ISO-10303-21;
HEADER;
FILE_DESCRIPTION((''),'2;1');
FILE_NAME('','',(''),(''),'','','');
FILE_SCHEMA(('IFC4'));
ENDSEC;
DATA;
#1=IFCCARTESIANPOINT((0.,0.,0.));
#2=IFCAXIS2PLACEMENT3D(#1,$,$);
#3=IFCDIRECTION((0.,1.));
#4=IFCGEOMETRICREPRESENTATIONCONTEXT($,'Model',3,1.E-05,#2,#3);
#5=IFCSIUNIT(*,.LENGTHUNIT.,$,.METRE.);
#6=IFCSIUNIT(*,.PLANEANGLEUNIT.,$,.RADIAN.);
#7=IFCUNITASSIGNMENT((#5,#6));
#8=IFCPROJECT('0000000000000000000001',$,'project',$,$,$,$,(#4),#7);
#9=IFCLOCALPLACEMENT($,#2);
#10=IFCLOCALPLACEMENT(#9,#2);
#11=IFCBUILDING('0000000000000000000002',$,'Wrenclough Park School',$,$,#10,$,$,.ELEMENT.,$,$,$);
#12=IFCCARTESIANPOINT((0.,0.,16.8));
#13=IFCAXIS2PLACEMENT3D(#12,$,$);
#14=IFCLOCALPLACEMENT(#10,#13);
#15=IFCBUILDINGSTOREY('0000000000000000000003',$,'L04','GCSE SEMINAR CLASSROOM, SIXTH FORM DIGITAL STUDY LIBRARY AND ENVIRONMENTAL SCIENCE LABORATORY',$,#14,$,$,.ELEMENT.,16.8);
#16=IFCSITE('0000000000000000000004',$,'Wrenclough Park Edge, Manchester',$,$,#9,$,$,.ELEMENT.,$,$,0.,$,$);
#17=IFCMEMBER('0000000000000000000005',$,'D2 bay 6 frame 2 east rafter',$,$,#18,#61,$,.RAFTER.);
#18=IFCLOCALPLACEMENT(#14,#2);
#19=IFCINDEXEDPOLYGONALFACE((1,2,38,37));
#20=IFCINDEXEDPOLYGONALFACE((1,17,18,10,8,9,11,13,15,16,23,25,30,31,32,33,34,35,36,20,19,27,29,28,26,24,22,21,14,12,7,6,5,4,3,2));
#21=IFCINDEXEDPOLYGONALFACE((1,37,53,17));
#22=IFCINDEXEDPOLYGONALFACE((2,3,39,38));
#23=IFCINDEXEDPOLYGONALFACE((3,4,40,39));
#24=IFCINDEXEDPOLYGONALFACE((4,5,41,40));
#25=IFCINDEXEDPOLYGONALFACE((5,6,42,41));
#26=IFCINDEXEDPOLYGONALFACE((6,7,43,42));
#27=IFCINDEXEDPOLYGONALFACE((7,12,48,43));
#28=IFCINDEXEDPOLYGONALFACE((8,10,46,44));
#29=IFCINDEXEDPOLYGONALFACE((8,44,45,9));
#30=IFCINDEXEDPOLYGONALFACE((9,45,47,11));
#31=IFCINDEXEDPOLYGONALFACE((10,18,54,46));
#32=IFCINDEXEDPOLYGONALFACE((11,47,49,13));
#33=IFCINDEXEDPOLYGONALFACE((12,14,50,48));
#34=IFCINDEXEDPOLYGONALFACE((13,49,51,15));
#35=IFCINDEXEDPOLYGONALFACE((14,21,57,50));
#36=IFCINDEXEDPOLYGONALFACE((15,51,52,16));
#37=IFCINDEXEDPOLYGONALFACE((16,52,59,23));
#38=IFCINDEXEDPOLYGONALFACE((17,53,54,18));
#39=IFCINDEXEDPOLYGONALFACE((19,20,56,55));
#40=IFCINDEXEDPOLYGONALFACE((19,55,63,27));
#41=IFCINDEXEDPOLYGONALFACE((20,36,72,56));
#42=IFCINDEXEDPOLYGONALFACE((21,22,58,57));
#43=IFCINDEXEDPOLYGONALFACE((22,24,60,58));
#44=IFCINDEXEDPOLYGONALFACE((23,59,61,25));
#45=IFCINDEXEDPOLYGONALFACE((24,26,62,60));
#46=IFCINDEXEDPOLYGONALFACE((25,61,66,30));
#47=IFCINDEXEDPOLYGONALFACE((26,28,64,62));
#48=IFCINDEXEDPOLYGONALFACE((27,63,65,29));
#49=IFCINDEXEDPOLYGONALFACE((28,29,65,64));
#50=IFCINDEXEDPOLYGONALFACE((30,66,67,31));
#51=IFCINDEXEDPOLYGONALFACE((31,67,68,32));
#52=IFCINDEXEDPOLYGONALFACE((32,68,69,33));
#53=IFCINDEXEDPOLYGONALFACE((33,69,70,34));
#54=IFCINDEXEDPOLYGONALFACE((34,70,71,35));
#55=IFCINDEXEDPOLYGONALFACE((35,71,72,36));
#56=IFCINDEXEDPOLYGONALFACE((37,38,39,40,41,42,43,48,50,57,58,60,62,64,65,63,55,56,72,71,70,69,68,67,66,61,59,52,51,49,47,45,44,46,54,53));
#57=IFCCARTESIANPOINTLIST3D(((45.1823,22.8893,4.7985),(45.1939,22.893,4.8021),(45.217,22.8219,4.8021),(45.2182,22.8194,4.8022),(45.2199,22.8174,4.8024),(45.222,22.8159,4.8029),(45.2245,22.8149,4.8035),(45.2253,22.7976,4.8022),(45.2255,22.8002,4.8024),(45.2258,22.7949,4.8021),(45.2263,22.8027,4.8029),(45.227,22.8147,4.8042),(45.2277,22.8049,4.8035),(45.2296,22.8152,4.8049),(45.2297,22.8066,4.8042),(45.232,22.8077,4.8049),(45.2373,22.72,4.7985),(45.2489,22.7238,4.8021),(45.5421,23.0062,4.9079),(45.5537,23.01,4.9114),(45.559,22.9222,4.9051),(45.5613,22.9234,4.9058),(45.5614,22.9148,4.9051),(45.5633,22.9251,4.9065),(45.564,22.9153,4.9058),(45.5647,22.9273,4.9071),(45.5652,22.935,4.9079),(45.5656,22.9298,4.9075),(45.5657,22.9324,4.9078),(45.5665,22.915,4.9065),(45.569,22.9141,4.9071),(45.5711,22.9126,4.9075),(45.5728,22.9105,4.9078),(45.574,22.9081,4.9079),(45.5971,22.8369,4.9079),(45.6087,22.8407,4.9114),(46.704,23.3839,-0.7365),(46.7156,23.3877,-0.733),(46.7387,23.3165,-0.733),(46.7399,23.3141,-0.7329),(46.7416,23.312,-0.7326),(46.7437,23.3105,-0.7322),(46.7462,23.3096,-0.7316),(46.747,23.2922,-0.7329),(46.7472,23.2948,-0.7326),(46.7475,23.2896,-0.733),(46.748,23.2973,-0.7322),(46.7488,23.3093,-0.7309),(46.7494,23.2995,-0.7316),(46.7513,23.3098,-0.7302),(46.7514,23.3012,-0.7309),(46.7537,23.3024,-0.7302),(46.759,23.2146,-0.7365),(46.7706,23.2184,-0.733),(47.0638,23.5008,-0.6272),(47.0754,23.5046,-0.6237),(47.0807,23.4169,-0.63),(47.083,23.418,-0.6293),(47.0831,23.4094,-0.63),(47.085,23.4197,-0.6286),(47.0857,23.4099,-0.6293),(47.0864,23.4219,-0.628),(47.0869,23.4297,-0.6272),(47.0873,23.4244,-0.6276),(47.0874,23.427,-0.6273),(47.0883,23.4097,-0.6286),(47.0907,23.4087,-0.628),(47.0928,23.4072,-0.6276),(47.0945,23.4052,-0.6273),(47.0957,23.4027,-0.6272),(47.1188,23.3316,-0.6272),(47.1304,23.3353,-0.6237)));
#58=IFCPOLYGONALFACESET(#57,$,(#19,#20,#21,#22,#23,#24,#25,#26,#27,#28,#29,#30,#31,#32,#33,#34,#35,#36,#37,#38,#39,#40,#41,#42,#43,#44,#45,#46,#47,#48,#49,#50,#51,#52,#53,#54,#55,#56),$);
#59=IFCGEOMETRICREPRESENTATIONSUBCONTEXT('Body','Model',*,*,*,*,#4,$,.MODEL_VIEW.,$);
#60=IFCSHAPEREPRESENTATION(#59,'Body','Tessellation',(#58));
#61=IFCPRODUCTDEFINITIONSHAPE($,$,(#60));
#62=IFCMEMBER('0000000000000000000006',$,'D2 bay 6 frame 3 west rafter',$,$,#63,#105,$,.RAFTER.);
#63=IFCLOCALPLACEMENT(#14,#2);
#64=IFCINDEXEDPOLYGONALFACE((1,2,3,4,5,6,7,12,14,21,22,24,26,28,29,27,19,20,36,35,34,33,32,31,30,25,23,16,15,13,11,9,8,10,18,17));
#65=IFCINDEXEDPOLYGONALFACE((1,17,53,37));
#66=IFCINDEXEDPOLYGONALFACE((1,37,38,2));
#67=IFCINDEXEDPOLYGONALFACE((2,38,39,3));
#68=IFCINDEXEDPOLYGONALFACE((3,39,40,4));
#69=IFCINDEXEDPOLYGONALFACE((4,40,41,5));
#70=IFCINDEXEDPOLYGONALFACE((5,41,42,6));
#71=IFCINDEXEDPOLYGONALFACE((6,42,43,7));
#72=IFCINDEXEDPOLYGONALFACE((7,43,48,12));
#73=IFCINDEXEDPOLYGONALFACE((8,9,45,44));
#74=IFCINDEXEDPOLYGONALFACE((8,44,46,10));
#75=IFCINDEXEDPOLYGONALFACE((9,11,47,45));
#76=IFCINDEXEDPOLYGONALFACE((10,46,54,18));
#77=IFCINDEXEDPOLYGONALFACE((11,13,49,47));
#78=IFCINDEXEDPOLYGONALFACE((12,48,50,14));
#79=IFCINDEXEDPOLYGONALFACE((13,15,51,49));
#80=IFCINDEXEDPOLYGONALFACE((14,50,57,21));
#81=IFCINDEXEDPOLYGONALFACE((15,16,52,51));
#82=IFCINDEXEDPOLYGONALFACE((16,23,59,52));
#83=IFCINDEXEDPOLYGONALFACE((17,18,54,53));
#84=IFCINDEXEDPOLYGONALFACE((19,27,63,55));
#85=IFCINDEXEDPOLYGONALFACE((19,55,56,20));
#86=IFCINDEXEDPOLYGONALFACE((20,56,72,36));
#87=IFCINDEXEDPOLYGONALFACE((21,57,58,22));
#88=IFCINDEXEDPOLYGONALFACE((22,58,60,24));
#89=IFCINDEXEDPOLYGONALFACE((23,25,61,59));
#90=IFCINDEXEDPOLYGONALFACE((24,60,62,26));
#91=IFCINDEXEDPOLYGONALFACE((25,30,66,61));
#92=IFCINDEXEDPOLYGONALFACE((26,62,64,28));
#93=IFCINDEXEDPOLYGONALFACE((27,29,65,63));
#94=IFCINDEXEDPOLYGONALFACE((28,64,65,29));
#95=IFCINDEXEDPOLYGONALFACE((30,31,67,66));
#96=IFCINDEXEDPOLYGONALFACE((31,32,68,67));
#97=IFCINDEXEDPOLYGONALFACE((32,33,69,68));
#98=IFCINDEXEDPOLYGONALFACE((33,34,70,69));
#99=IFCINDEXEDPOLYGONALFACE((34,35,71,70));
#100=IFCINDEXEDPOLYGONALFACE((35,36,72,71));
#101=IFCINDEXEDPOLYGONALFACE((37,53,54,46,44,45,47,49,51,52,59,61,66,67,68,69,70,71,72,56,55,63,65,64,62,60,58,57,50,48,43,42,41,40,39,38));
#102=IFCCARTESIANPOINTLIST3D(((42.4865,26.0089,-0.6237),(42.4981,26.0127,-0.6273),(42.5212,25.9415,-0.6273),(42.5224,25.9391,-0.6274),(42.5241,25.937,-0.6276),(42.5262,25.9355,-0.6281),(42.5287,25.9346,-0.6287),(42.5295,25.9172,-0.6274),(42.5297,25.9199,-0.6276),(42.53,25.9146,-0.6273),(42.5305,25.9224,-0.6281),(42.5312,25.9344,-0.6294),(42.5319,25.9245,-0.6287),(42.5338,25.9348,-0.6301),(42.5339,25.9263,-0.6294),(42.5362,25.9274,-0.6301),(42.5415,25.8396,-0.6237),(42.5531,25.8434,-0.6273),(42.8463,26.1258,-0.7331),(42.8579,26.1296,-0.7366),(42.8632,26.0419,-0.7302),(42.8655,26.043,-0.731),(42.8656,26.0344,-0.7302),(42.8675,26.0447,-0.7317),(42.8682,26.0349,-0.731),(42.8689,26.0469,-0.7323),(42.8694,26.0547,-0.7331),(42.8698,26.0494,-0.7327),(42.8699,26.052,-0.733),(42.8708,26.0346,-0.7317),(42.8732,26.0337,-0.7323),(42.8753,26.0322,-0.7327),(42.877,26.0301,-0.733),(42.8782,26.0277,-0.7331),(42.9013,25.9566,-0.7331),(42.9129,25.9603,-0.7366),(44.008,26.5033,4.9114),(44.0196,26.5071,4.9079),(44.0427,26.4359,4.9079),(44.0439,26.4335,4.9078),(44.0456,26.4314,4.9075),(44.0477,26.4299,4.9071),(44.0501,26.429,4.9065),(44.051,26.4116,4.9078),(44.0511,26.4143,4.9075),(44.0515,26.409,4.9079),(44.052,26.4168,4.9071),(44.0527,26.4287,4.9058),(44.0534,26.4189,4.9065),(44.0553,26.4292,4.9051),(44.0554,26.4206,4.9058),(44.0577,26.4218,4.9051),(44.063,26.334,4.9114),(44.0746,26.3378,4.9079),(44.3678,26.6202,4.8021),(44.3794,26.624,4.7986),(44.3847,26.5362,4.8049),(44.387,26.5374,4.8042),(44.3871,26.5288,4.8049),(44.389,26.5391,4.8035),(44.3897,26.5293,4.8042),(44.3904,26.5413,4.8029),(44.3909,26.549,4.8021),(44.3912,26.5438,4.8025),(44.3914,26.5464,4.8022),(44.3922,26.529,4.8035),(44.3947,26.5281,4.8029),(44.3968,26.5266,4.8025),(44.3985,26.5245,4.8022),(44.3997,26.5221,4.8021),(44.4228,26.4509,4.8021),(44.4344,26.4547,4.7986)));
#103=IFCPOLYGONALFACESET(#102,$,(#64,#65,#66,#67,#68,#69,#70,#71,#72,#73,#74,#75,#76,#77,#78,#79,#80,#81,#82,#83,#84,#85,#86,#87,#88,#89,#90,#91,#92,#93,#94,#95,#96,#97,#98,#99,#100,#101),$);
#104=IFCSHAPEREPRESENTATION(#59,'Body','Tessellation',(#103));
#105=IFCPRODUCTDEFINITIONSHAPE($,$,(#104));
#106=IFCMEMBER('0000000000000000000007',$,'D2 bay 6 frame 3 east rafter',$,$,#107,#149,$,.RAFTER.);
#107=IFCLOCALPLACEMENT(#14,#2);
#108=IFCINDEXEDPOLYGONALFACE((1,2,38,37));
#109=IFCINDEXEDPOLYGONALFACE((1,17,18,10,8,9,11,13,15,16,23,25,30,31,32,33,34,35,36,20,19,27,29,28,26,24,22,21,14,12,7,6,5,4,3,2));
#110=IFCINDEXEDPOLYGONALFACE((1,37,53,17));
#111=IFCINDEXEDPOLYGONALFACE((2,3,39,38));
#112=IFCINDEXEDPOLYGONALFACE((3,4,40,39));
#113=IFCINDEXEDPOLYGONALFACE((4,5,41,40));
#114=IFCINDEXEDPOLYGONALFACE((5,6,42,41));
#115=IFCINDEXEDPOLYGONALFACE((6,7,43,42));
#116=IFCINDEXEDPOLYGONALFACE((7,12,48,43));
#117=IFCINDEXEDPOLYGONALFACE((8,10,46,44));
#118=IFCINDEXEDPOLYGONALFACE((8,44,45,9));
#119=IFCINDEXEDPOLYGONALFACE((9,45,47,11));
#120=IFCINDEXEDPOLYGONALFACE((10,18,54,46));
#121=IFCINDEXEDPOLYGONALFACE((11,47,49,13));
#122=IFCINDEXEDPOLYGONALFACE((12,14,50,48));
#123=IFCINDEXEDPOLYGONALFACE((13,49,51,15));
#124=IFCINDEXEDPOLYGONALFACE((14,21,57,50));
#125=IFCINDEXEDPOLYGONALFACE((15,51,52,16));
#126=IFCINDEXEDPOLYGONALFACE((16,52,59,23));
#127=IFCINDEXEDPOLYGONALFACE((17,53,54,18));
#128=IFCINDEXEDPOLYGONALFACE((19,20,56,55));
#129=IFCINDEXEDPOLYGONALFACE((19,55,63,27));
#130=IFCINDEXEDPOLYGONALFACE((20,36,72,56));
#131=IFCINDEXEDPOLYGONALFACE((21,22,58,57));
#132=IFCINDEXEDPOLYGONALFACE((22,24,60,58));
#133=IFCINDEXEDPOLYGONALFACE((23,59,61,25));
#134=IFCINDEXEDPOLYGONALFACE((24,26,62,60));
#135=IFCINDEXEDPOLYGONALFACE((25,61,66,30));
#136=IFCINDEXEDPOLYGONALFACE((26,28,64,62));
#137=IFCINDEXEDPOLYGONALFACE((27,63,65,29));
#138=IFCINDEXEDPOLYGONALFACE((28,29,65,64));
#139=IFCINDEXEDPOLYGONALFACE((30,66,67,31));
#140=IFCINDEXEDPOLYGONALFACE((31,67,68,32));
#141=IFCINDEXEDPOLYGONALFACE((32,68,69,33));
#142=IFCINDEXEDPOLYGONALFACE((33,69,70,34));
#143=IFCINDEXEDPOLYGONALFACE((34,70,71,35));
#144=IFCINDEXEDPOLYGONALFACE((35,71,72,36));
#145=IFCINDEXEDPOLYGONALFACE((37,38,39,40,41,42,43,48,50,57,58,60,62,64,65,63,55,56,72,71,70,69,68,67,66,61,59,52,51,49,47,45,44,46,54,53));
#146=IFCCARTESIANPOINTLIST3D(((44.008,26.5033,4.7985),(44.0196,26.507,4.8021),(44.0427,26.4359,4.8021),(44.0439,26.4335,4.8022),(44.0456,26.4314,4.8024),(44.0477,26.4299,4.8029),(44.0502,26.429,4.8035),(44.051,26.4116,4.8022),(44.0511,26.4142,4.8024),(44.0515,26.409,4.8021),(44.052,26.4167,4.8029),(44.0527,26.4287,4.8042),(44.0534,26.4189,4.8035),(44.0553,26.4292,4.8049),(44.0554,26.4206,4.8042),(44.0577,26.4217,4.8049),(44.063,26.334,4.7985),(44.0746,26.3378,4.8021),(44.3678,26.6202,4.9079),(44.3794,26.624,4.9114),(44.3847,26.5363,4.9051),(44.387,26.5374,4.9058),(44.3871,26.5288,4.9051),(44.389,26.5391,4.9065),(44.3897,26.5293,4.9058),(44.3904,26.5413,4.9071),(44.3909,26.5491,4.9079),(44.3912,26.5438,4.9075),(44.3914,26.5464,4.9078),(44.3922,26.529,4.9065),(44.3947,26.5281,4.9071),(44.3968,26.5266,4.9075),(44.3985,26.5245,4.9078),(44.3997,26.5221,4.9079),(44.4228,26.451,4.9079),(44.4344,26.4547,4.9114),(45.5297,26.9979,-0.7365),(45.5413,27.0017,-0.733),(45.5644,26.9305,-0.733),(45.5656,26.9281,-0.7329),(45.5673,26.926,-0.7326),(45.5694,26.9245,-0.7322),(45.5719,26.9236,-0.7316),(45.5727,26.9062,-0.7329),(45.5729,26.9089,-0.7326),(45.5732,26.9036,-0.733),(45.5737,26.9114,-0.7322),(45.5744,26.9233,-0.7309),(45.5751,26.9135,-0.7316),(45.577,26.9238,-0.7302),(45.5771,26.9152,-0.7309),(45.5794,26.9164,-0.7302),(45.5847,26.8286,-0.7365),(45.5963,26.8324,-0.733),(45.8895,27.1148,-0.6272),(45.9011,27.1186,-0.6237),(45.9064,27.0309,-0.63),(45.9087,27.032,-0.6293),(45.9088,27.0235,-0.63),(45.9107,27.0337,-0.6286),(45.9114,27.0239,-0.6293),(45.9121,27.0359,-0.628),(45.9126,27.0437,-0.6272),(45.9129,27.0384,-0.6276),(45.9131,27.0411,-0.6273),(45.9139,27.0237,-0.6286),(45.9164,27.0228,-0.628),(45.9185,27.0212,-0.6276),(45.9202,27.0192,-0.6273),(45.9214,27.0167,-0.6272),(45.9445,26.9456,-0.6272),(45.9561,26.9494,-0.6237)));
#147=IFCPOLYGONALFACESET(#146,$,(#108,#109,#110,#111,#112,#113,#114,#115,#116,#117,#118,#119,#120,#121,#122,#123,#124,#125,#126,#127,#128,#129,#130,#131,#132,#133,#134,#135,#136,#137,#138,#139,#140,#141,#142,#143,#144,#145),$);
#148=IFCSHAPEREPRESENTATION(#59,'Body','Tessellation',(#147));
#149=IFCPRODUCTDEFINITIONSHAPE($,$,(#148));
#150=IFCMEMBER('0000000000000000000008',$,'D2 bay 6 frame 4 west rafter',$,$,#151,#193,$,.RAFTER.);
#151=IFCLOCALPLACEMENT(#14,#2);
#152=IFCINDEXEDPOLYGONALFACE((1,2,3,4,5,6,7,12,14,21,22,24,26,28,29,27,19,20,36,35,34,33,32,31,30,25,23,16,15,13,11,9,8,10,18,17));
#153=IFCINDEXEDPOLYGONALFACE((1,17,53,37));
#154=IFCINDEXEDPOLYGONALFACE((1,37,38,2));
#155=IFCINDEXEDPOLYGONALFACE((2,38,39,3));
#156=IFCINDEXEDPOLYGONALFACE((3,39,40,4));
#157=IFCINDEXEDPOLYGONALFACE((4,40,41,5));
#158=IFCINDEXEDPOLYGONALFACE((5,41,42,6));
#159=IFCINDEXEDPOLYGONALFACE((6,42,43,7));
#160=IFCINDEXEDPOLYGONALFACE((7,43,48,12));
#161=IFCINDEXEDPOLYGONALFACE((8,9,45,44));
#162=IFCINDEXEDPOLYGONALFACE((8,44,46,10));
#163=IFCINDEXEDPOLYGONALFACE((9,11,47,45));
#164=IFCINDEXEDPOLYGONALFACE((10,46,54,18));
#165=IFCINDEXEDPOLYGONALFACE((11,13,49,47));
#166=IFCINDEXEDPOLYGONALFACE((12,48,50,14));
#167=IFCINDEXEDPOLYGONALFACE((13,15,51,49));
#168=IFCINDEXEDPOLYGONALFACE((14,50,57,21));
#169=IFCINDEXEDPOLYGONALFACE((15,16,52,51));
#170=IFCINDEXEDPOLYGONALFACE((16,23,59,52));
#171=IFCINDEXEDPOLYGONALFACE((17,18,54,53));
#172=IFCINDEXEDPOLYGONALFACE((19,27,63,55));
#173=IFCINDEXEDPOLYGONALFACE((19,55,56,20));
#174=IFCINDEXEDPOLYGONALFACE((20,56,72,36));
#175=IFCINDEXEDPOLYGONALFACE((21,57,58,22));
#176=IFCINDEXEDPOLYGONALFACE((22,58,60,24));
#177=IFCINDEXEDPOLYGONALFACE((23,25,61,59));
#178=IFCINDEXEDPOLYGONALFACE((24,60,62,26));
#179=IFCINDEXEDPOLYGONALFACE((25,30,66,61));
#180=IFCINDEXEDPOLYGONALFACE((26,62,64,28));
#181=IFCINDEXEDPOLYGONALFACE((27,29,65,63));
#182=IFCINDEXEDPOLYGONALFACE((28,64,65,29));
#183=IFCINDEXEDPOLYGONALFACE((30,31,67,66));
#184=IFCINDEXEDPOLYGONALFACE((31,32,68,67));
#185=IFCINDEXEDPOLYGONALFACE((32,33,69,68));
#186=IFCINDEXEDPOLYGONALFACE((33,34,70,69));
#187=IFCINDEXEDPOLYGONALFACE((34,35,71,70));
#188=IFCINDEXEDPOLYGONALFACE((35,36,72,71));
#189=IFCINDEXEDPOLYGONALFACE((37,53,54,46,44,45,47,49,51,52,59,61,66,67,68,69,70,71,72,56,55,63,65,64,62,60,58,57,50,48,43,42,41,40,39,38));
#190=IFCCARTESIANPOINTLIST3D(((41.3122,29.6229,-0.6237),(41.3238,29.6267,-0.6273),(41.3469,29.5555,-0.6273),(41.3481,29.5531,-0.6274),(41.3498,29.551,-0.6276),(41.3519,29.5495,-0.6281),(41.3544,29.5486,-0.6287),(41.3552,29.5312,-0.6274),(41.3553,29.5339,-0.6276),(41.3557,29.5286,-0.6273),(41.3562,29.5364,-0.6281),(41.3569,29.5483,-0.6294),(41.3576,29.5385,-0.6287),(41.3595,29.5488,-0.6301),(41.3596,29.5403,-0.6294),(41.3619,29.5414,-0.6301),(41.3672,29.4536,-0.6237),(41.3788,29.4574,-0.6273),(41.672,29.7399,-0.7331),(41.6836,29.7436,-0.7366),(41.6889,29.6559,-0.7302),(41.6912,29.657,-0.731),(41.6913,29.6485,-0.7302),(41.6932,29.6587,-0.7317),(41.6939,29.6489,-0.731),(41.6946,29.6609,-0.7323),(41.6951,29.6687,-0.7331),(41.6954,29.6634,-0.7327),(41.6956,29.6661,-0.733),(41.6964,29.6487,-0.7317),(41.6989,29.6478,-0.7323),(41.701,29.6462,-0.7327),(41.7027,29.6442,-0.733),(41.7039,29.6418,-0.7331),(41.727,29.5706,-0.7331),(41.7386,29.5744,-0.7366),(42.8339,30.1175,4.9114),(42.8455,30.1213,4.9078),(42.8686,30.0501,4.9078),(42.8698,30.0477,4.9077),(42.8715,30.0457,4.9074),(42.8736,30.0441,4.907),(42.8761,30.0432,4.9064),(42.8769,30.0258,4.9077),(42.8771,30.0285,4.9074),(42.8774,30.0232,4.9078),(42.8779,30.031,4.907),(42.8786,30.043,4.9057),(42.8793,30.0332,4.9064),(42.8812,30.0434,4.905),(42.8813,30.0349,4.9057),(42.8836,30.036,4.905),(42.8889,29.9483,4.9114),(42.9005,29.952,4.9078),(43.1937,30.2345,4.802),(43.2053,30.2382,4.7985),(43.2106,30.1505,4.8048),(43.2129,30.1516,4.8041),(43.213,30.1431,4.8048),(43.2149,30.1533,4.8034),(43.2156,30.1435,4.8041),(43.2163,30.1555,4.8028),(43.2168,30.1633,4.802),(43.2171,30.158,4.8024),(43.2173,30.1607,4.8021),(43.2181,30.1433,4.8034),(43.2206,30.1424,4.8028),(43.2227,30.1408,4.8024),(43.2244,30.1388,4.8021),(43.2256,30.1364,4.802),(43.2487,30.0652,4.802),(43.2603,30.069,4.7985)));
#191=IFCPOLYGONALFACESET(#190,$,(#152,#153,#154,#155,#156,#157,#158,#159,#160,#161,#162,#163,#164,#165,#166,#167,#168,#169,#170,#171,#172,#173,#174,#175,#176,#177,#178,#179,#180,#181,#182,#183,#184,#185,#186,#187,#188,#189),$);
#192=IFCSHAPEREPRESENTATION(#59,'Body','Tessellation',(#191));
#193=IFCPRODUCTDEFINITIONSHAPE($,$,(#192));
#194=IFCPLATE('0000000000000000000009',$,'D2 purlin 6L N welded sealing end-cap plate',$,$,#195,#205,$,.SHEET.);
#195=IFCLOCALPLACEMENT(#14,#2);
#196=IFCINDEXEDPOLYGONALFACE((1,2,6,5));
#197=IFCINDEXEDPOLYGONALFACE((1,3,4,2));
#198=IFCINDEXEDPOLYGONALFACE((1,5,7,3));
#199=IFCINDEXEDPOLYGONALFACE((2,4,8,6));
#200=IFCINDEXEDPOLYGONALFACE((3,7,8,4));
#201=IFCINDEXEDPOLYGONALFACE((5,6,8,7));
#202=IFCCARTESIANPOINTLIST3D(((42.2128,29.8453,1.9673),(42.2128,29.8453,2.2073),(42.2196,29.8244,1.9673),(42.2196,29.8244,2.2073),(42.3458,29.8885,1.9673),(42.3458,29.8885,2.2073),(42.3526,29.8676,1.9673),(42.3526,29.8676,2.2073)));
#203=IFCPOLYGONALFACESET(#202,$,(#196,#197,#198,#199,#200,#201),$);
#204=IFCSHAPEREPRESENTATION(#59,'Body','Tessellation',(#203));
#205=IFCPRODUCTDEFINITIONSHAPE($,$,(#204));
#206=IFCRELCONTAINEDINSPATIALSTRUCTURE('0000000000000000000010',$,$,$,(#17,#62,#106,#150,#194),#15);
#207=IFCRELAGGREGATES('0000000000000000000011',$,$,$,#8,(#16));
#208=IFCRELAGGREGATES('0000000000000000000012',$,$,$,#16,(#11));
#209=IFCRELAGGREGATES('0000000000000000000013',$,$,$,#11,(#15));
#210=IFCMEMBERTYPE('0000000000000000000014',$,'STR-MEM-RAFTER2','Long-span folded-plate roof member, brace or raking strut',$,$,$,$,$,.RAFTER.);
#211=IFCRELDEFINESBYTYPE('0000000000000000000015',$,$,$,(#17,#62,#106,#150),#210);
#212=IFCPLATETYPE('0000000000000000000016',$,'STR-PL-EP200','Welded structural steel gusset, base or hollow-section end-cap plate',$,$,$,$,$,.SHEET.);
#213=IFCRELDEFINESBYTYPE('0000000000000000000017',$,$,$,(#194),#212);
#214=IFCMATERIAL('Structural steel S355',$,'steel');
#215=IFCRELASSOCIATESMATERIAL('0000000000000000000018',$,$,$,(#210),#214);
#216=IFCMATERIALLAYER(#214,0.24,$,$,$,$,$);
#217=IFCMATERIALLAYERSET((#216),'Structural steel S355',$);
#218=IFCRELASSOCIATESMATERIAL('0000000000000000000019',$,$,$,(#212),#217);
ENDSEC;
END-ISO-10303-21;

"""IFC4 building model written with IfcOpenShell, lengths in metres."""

from ifc_helpers import new_model, si_unit, direction, frame, origin, origin_2d, place, context, subcontext, project, spatial, rectangle, i_section, extrude, material, layer, layer_set, material_profile, profile_set, type_object, element, save


model = new_model("IFC4")

# Units and contexts
model_context = context("Model", 3, precision=1e-05, world=origin(), true_north=direction((0.0, 1.0)))
body_context = subcontext(model_context, "Body", "Model", "MODEL_VIEW")
ifc_project = project(units=[si_unit("LENGTHUNIT", "METRE"), si_unit("PLANEANGLEUNIT", "RADIAN")], contexts=[model_context])

# Site, building, storey
site_placement = place(None, origin())
site = spatial("IfcSite", under=ifc_project, at=site_placement, Name="Wrenclough Park Edge, Manchester", CompositionType="ELEMENT", RefElevation=0.0)
building_placement = place(site_placement, origin())
building = spatial("IfcBuilding", under=site, at=building_placement, Name="Wrenclough Park School", CompositionType="ELEMENT")
storey_placement = place(building_placement, frame((0.0, 0.0, 16.8)))
storey = spatial("IfcBuildingStorey", under=building, at=storey_placement, Name="L04", Description="GCSE SEMINAR CLASSROOM, SIXTH FORM DIGITAL STUDY LIBRARY AND ENVIRONMENTAL SCIENCE LABORATORY", CompositionType="ELEMENT", Elevation=16.8)

# Shared definitions
ifc_material_1 = material(Name="Structural steel S355", Category="steel")

# Members
ifc_material_profile_1 = material_profile(ifc_material_1, i_section(OverallWidth=0.178, OverallDepth=0.4065, WebThickness=0.0078, FlangeThickness=0.0127, FilletRadius=0.0103, at=origin_2d()), Name="UKB 406x178x60")
ifc_profile_set_1 = profile_set([ifc_material_profile_1], Name="Structural steel S355")
member_type_1 = type_object("IfcMemberType", Name="STR-MEM-RAFTER2", Description="Long-span folded-plate roof member, brace or raking strut", PredefinedType="RAFTER", material=ifc_profile_set_1)
for number, where, z_axis, x_axis, name in (
    (1, (45.3955, 22.865, 4.855), (0.264107, 0.085846, -0.960665), (-0.309124, 0.951022, 0.0), "D2 bay 6 frame 2 east rafter"),
    (2, (42.6997, 25.9846, -0.6802), (0.264068, 0.085805, 0.96068), (-0.309031, 0.951052, 0.0), "D2 bay 6 frame 3 west rafter"),
    (3, (44.2212, 26.479, 4.855), (0.264107, 0.085846, -0.960665), (-0.309124, 0.951022, 0.0), "D2 bay 6 frame 3 east rafter"),
    (4, (41.5254, 29.5986, -0.6802), (0.264107, 0.085846, 0.960665), (-0.309124, 0.951022, 0.0), "D2 bay 6 frame 4 west rafter"),
):
    element("IfcMember", number, at=place(storey_placement, frame(where, z_axis=z_axis, x_axis=x_axis)), inside=storey, type_object=member_type_1, Name=name, PredefinedType="RAFTER", context=body_context, shape_type="SweptSolid", body=[
        extrude(i_section(OverallWidth=0.178, OverallDepth=0.4065, WebThickness=0.0078, FlangeThickness=0.0127, FilletRadius=0.0103, at=origin_2d()), origin(), (0.0, 0.0, 1.0), 5.7617),
    ])

# Plate
ifc_layer_1 = layer(ifc_material_1, 0.24)
ifc_layer_set_1 = layer_set([ifc_layer_1], Name="Structural steel S355")
plate_type_1 = type_object("IfcPlateType", Name="STR-PL-EP200", Description="Welded structural steel gusset, base or hollow-section end-cap plate", PredefinedType="SHEET", material=ifc_layer_set_1)
plate_1_placement = place(storey_placement, frame((42.2827, 29.8564, 1.9673), z_axis=(0.0, 0.0, 1.0), x_axis=(-0.309017, 0.951057, 0.0)))
element("IfcPlate", 5, at=plate_1_placement, inside=storey, type_object=plate_type_1, Name="D2 purlin 6L N welded sealing end-cap plate", PredefinedType="SHEET", context=body_context, shape_type="SweptSolid", body=[
    extrude(rectangle(XDim=0.022, YDim=0.1399, at=origin_2d()), origin(), (0.0, 0.0, 1.0), 0.24),
])

save(model, "model.ifc")
